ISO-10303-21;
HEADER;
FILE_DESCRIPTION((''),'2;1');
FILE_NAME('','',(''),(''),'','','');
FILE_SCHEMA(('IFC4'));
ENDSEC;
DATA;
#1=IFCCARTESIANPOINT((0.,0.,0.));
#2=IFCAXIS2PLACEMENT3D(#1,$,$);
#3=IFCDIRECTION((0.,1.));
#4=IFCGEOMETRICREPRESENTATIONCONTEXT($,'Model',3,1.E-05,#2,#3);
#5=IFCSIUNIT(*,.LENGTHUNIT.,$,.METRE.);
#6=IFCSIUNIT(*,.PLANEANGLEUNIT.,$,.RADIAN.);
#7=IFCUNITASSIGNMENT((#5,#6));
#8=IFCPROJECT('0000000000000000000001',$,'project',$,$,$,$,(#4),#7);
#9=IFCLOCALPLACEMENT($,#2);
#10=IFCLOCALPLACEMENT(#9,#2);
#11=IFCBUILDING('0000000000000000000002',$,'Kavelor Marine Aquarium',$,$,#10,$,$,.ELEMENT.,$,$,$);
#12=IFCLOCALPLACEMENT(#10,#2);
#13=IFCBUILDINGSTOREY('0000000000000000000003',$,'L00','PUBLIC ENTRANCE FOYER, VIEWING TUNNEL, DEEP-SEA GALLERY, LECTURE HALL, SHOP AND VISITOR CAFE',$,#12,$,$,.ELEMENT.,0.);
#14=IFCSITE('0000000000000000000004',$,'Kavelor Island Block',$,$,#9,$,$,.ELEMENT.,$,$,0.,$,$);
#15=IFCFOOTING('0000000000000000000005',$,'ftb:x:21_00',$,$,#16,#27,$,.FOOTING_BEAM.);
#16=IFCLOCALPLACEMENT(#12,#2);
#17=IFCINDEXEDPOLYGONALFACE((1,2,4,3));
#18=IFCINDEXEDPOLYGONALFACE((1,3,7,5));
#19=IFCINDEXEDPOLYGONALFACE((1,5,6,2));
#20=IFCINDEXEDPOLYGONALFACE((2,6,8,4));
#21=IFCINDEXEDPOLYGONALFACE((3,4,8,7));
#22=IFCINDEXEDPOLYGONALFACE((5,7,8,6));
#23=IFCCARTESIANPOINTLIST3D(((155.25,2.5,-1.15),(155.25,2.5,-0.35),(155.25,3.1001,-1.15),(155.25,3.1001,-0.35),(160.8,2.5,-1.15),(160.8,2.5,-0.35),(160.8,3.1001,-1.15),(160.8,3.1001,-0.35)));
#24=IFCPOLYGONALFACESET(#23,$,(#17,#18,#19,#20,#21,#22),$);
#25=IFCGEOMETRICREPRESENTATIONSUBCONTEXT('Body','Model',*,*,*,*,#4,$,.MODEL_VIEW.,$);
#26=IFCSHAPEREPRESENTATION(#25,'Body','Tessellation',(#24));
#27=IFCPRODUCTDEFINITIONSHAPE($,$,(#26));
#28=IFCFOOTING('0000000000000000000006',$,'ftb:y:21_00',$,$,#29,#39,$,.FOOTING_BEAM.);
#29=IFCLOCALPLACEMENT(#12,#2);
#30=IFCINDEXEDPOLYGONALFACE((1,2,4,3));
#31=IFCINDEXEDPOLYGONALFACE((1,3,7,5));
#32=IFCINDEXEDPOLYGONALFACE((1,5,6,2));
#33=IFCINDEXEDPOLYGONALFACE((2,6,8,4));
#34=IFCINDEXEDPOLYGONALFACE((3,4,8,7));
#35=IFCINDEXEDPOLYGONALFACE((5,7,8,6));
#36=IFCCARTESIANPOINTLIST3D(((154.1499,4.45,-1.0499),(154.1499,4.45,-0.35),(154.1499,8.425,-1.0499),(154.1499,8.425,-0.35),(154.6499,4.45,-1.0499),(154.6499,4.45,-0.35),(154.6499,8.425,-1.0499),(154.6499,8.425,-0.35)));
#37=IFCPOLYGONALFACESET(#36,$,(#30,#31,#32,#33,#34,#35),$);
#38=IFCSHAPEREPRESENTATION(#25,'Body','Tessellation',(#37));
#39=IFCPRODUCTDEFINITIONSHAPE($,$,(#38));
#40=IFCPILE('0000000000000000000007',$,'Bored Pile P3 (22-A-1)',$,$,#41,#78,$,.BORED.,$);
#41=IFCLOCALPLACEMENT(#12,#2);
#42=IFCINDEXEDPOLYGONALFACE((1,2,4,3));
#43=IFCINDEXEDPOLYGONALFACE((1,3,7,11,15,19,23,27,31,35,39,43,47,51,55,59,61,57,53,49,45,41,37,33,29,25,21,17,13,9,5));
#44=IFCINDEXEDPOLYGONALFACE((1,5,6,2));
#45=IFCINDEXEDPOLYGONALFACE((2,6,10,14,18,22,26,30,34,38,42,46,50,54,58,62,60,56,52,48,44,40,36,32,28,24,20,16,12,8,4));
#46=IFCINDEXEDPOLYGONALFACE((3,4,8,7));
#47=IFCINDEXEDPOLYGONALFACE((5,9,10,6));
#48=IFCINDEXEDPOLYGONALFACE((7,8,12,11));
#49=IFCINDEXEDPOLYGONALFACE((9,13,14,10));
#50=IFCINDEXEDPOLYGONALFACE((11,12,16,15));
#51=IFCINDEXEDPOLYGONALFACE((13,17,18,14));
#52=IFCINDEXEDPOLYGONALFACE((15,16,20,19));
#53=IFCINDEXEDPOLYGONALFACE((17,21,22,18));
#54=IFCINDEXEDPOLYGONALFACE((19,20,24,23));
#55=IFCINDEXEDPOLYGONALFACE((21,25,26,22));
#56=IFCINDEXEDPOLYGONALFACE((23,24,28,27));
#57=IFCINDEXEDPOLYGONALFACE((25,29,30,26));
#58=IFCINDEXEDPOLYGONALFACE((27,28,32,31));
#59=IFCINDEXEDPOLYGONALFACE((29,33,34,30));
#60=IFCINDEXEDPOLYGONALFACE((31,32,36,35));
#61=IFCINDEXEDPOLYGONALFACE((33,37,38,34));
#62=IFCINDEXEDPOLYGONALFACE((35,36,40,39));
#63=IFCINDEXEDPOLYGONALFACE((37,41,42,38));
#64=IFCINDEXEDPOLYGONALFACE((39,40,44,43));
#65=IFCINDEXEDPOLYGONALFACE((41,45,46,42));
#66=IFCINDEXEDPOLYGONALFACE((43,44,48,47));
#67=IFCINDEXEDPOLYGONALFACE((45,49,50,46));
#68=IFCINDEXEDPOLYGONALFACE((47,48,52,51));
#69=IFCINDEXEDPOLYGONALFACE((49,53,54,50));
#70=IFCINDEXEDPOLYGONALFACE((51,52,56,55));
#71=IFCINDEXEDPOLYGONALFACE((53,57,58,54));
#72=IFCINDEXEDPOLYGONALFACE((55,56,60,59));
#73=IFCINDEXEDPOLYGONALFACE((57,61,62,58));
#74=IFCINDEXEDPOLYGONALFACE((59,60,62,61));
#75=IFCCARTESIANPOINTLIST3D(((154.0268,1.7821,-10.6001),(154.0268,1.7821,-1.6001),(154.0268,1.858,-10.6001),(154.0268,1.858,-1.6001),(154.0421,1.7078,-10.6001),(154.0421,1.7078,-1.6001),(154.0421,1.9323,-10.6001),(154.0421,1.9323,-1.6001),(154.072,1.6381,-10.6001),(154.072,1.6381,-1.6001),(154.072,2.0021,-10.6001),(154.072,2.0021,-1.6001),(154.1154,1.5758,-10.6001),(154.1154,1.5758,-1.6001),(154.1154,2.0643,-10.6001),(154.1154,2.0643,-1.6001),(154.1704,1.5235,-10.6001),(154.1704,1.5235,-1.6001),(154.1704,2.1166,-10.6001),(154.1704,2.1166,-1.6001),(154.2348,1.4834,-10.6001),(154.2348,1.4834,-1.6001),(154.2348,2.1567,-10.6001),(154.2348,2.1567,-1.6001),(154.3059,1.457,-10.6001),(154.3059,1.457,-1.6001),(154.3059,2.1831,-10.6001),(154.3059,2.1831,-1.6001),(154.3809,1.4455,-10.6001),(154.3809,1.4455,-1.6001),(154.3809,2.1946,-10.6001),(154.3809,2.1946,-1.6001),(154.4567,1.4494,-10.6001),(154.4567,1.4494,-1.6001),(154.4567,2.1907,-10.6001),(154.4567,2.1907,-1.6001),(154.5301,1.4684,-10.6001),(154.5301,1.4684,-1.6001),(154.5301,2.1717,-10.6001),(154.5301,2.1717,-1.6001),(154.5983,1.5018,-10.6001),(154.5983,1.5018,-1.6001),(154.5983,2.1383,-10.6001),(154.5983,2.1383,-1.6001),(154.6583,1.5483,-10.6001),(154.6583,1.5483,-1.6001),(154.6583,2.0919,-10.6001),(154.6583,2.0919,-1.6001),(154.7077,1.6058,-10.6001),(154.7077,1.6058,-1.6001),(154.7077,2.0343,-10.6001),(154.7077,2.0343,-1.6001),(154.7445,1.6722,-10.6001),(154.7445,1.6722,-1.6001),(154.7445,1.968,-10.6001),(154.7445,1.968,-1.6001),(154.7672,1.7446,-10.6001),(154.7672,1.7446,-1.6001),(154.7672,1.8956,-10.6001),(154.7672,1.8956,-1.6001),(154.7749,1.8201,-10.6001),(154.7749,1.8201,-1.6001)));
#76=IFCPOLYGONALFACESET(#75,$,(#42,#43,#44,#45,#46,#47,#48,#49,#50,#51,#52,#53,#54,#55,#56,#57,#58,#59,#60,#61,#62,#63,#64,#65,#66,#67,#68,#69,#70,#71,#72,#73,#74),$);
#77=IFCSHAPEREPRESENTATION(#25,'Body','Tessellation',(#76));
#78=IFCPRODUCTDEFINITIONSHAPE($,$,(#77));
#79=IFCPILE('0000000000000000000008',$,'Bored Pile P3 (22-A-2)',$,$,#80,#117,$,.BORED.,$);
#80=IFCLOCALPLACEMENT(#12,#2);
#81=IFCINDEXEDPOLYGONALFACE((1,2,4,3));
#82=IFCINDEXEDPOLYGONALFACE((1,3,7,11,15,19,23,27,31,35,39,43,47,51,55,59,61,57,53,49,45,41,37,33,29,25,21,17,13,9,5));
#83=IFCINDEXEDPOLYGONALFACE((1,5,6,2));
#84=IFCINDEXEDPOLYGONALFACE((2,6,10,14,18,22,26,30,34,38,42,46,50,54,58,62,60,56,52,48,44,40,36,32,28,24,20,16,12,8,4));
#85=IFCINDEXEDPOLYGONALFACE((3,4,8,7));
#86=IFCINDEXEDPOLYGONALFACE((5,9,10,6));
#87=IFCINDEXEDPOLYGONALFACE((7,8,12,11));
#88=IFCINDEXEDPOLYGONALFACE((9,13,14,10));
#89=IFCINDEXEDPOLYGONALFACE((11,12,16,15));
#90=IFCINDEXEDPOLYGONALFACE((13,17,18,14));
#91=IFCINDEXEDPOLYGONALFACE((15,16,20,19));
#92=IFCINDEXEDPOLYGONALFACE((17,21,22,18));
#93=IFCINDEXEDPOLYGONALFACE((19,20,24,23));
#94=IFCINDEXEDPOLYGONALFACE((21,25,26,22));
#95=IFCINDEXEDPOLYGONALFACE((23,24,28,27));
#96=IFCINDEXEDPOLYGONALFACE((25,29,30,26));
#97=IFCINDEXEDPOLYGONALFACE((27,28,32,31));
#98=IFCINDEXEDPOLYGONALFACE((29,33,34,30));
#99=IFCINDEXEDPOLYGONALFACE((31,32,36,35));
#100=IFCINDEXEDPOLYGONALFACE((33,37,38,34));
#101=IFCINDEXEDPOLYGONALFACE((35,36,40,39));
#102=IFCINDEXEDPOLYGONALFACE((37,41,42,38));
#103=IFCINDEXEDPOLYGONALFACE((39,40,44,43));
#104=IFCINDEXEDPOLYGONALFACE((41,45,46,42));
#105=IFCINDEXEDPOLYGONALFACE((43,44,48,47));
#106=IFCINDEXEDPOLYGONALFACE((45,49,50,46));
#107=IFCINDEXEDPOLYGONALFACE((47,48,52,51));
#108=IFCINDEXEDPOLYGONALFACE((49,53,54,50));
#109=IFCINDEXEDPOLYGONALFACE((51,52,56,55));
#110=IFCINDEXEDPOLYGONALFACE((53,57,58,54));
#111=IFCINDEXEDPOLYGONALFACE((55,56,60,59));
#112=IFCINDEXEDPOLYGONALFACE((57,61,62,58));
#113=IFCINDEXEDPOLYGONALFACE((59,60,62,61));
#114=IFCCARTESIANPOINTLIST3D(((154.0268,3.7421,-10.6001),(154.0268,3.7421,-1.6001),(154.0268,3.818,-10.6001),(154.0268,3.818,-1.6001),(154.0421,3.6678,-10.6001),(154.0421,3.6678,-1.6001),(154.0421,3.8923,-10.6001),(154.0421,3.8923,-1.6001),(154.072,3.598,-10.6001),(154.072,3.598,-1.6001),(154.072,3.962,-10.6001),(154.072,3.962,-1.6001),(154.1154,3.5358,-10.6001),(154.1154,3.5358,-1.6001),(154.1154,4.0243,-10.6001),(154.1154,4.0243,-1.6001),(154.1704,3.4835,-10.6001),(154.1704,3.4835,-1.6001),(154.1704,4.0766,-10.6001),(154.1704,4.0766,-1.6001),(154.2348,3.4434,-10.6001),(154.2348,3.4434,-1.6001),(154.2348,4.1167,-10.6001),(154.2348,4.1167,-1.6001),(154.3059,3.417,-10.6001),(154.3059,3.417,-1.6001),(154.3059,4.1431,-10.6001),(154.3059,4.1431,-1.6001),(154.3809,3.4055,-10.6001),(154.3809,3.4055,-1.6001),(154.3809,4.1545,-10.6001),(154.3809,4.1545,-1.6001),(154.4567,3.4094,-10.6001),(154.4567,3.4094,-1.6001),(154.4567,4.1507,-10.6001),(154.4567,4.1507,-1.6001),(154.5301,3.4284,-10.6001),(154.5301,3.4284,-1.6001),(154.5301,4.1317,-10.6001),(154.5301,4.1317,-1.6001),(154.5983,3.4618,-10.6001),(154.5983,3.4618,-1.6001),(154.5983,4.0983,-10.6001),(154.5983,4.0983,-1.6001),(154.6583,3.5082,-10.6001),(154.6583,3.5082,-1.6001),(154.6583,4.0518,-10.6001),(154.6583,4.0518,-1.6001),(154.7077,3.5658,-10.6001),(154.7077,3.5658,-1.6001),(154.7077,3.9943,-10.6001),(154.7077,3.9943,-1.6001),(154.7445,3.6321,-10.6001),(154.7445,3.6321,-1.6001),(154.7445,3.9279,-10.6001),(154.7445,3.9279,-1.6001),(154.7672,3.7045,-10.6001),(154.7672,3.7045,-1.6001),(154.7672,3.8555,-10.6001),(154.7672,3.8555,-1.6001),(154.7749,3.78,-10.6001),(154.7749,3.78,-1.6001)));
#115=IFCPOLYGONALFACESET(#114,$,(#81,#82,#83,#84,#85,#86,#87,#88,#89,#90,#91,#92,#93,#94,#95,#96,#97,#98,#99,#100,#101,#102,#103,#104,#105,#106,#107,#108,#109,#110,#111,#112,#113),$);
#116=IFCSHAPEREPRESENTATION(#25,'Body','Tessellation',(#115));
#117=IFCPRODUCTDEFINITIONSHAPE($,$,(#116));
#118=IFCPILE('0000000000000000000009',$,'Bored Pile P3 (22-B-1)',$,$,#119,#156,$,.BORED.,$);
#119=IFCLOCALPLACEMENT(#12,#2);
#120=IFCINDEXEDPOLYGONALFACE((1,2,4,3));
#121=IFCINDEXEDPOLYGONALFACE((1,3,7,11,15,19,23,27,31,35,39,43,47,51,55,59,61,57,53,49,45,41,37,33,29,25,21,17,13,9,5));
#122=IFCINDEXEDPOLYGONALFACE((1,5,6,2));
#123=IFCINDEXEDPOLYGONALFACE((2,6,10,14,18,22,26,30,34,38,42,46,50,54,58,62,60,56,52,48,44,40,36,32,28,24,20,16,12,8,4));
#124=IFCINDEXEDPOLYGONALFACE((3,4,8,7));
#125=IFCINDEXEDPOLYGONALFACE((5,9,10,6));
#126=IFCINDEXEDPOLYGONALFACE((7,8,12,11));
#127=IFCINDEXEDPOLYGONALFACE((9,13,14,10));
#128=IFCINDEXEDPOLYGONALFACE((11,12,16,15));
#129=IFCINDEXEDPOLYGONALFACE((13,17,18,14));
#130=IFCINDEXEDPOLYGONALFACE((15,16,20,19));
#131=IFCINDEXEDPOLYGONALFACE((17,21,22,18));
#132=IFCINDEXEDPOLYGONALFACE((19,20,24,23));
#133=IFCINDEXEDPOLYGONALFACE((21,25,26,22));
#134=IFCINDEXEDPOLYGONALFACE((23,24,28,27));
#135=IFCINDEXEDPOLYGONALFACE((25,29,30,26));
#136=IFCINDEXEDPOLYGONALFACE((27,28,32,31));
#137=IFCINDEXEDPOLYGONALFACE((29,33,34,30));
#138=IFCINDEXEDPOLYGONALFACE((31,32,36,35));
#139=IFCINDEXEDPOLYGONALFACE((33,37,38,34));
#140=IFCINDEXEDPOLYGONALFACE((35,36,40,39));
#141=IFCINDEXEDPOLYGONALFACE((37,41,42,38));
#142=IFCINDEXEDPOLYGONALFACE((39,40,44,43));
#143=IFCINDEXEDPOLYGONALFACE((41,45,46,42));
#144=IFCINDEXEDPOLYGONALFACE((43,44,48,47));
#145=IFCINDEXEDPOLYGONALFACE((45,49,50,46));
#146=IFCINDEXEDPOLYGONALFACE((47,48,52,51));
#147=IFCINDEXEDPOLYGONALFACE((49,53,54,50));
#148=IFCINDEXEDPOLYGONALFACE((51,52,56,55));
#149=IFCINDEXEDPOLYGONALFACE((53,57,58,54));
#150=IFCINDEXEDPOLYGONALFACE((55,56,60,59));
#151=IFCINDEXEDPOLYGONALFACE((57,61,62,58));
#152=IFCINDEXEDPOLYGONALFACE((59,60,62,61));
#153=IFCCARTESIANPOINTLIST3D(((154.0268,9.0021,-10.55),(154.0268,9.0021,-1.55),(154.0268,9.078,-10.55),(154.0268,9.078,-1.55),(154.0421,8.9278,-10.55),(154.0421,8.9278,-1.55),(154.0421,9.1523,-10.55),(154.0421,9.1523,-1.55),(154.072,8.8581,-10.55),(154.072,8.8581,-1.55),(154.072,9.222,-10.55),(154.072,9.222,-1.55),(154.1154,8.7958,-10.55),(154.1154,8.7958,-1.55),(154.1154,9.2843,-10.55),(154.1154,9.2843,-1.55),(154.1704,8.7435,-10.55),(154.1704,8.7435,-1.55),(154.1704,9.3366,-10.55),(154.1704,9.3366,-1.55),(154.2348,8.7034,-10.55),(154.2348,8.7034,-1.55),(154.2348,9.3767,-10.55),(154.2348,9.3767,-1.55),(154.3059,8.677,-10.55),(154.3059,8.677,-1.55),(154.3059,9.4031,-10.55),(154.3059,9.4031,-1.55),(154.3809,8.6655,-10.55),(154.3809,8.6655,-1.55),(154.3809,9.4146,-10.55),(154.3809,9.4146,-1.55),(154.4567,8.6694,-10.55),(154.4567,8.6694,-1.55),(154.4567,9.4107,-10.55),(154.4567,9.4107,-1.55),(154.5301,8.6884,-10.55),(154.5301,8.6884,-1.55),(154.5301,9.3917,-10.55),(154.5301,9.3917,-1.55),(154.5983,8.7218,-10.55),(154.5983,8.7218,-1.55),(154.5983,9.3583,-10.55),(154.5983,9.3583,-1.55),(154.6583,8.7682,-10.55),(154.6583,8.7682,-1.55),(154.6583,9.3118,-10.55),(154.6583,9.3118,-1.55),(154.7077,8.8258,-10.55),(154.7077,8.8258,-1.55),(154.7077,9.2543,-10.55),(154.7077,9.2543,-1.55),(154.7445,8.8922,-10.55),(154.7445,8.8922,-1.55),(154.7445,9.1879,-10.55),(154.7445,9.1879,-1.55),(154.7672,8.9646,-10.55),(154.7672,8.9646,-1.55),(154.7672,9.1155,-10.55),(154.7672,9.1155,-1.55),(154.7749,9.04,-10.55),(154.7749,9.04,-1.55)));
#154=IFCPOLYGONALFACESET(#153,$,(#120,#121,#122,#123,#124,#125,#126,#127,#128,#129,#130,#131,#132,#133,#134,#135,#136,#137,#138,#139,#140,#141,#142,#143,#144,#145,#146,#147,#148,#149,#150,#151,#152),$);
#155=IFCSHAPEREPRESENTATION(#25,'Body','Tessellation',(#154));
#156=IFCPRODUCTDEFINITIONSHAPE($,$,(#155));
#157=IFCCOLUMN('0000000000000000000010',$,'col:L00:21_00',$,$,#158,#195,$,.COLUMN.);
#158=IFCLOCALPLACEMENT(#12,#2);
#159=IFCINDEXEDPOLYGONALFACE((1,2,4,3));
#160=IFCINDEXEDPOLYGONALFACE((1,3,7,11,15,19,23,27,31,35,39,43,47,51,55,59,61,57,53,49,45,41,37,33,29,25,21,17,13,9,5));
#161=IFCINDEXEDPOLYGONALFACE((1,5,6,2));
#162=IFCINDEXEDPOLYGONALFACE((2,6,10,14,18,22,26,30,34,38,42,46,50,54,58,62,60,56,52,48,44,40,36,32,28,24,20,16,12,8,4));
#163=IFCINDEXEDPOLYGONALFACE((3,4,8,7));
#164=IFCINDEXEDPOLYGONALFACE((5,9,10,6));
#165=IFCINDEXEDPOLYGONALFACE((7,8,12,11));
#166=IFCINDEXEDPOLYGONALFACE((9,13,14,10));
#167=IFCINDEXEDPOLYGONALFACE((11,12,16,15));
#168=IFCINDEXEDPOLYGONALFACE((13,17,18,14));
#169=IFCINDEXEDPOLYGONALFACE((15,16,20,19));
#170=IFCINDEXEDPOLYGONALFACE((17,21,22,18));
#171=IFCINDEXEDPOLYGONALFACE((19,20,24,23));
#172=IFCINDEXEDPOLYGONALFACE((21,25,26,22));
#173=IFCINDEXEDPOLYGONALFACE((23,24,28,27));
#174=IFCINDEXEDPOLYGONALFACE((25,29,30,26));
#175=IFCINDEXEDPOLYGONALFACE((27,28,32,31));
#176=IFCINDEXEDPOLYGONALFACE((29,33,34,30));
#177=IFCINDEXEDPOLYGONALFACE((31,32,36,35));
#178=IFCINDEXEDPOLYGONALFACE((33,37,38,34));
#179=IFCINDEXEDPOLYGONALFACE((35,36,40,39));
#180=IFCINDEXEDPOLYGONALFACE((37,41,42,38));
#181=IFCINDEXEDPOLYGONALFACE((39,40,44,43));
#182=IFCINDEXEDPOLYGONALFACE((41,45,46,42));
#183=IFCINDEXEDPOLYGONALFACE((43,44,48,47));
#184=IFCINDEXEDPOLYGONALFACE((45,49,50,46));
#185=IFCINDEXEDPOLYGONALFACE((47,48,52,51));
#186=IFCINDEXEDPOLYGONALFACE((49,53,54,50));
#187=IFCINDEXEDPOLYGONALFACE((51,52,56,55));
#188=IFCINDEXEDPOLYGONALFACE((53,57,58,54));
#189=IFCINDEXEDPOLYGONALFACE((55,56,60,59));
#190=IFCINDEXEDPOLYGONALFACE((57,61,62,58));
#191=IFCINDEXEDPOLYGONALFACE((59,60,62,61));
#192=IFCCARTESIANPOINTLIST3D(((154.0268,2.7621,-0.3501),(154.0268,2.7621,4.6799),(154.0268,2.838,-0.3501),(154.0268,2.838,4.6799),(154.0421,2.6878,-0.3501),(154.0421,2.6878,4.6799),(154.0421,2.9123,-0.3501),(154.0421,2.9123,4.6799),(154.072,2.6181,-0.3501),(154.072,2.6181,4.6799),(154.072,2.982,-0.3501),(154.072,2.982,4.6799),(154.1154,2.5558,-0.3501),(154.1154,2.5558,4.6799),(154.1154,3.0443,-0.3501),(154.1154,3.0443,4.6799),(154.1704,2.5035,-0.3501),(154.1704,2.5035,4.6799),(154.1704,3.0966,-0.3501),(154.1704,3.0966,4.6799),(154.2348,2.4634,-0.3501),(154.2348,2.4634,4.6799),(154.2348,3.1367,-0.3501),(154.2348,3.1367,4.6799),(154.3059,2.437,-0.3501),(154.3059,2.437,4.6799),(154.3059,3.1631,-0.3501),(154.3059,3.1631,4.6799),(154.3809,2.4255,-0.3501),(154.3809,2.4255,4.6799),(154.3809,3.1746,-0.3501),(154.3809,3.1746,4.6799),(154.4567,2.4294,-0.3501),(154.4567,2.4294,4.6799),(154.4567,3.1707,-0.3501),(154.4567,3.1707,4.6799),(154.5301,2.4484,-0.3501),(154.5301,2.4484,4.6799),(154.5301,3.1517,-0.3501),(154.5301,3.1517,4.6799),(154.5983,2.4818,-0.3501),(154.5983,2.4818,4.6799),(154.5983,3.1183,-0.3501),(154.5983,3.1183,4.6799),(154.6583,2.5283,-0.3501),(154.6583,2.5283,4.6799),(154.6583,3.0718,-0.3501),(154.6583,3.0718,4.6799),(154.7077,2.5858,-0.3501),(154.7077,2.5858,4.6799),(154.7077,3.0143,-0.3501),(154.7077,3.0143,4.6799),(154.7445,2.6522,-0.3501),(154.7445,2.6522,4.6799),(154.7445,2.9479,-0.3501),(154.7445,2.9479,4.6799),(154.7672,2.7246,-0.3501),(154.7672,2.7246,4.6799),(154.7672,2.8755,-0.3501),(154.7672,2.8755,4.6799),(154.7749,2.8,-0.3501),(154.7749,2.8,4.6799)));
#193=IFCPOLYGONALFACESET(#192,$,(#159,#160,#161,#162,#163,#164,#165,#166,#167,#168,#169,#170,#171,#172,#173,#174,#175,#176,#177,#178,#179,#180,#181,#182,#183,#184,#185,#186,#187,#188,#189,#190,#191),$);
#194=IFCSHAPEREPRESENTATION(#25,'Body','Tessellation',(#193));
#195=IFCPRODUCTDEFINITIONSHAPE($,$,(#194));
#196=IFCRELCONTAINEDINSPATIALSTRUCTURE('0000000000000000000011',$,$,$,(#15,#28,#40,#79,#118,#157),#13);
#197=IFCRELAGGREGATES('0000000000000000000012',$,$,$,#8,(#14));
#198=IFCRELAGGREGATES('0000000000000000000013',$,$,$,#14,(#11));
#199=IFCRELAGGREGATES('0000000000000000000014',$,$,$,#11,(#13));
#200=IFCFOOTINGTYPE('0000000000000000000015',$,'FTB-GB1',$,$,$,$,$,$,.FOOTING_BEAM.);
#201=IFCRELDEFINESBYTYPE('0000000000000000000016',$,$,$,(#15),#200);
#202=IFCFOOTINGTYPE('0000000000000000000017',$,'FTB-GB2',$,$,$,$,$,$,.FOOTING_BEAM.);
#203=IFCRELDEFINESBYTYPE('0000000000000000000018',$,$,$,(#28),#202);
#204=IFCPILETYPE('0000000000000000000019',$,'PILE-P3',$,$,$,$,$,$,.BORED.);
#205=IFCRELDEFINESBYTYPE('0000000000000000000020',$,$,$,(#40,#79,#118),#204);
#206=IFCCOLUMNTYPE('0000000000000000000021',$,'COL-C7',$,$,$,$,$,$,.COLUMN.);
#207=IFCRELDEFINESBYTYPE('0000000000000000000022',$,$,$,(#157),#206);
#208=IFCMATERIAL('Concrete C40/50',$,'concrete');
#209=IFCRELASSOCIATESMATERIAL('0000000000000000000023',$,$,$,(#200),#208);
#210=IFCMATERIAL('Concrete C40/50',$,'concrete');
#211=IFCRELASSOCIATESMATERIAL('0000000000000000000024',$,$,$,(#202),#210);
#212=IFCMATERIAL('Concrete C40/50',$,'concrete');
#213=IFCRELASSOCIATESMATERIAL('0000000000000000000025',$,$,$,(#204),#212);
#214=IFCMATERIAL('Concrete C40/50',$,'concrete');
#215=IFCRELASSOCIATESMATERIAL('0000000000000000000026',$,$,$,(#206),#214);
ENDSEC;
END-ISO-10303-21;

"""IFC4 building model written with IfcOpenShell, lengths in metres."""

from ifc_helpers import new_model, si_unit, direction, frame, origin, origin_2d, place, context, subcontext, project, spatial, rectangle, circle, extrude, material, material_profile, profile_set, type_object, element, save


model = new_model("IFC4")

# Units and contexts
model_context = context("Model", 3, precision=1e-05, world=origin(), true_north=direction((0.0, 1.0)))
body_context = subcontext(model_context, "Body", "Model", "MODEL_VIEW")
ifc_project = project(units=[si_unit("LENGTHUNIT", "METRE"), si_unit("PLANEANGLEUNIT", "RADIAN")], contexts=[model_context])

# Site, building, storey
site_placement = place(None, origin())
site = spatial("IfcSite", under=ifc_project, at=site_placement, Name="Kavelor Island Block", CompositionType="ELEMENT", RefElevation=0.0)
building_placement = place(site_placement, origin())
building = spatial("IfcBuilding", under=site, at=building_placement, Name="Kavelor Marine Aquarium", CompositionType="ELEMENT")
storey_placement = place(building_placement, origin())
storey = spatial("IfcBuildingStorey", under=building, at=storey_placement, Name="L00", Description="PUBLIC ENTRANCE FOYER, VIEWING TUNNEL, DEEP-SEA GALLERY, LECTURE HALL, SHOP AND VISITOR CAFE", CompositionType="ELEMENT", Elevation=0.0)

# Footings
ifc_material_1 = material(Name="Concrete C40/50", Category="concrete")
ifc_material_profile_1 = material_profile(ifc_material_1, rectangle(XDim=0.6001, YDim=0.8, at=origin_2d()), Name="GB 600x800")
ifc_profile_set_1 = profile_set([ifc_material_profile_1], Name="Concrete C40/50")
footing_type_1 = type_object("IfcFootingType", Name="FTB-GB1", PredefinedType="FOOTING_BEAM", material=ifc_profile_set_1)
footing_1_placement = place(storey_placement, frame((155.25, 2.8, -0.75), z_axis=(1.0, 0.0, 0.0), x_axis=(0.0, 1.0, 0.0)))
element("IfcFooting", 1, at=footing_1_placement, inside=storey, type_object=footing_type_1, Name="ftb:x:21_00", PredefinedType="FOOTING_BEAM", context=body_context, shape_type="SweptSolid", body=[
    extrude(rectangle(XDim=0.6001, YDim=0.8, at=origin_2d()), origin(), (0.0, 0.0, 1.0), 5.55),
])
ifc_material_2 = material(Name="Concrete C40/50", Category="concrete")
ifc_material_profile_2 = material_profile(ifc_material_2, rectangle(XDim=0.5, YDim=0.7, at=origin_2d()), Name="GB 500x700")
ifc_profile_set_2 = profile_set([ifc_material_profile_2], Name="Concrete C40/50")
footing_type_2 = type_object("IfcFootingType", Name="FTB-GB2", PredefinedType="FOOTING_BEAM", material=ifc_profile_set_2)
footing_2_placement = place(storey_placement, frame((154.3999, 4.45, -0.7), z_axis=(0.0, 1.0, 0.0), x_axis=(-1.0, 0.0, 0.0)))
element("IfcFooting", 2, at=footing_2_placement, inside=storey, type_object=footing_type_2, Name="ftb:y:21_00", PredefinedType="FOOTING_BEAM", context=body_context, shape_type="SweptSolid", body=[
    extrude(rectangle(XDim=0.5, YDim=0.7, at=origin_2d()), origin(), (0.0, 0.0, 1.0), 3.9751),
])

# Piles
ifc_material_3 = material(Name="Concrete C40/50", Category="concrete")
ifc_material_profile_3 = material_profile(ifc_material_3, circle(Radius=0.375, at=origin_2d()), Name="PILE D750")
ifc_profile_set_3 = profile_set([ifc_material_profile_3], Name="Concrete C40/50")
pile_type = type_object("IfcPileType", Name="PILE-P3", PredefinedType="BORED", material=ifc_profile_set_3)
for number, where, z_axis, x_axis, name in (
    (3, (154.3999, 1.8201, -1.6001), (0.0, 0.0, -1.0), (1.0, 0.0, 0.0), "Bored Pile P3 (22-A-1)"),
    (4, (154.3999, 3.78, -1.6001), (0.0, 0.0, -1.0), (1.0, 0.0, 0.0), "Bored Pile P3 (22-A-2)"),
    (5, (154.3999, 9.04, -1.55), (0.0, 0.0, -1.0), (1.0, 0.0, 0.0), "Bored Pile P3 (22-B-1)"),
):
    element("IfcPile", number, at=place(storey_placement, frame(where, z_axis=z_axis, x_axis=x_axis)), inside=storey, type_object=pile_type, Name=name, PredefinedType="BORED", context=body_context, shape_type="SweptSolid", body=[
        extrude(circle(Radius=0.375, at=origin_2d()), origin(), (0.0, 0.0, 1.0), 9.0),
    ])

# Column
ifc_material_4 = material(Name="Concrete C40/50", Category="concrete")
ifc_material_profile_4 = material_profile(ifc_material_4, circle(Radius=0.375, at=origin_2d()), Name="RC-COL D750")
ifc_profile_set_4 = profile_set([ifc_material_profile_4], Name="Concrete C40/50")
column_type = type_object("IfcColumnType", Name="COL-C7", PredefinedType="COLUMN", material=ifc_profile_set_4)
column_placement = place(storey_placement, frame((154.3999, 2.8, -0.3501), z_axis=(0.0, 0.0, 1.0), x_axis=(1.0, 0.0, 0.0)))
element("IfcColumn", 6, at=column_placement, inside=storey, type_object=column_type, Name="col:L00:21_00", PredefinedType="COLUMN", context=body_context, shape_type="SweptSolid", body=[
    extrude(circle(Radius=0.375, at=origin_2d()), origin(), (0.0, 0.0, 1.0), 5.03),
])

save(model, "model.ifc")
